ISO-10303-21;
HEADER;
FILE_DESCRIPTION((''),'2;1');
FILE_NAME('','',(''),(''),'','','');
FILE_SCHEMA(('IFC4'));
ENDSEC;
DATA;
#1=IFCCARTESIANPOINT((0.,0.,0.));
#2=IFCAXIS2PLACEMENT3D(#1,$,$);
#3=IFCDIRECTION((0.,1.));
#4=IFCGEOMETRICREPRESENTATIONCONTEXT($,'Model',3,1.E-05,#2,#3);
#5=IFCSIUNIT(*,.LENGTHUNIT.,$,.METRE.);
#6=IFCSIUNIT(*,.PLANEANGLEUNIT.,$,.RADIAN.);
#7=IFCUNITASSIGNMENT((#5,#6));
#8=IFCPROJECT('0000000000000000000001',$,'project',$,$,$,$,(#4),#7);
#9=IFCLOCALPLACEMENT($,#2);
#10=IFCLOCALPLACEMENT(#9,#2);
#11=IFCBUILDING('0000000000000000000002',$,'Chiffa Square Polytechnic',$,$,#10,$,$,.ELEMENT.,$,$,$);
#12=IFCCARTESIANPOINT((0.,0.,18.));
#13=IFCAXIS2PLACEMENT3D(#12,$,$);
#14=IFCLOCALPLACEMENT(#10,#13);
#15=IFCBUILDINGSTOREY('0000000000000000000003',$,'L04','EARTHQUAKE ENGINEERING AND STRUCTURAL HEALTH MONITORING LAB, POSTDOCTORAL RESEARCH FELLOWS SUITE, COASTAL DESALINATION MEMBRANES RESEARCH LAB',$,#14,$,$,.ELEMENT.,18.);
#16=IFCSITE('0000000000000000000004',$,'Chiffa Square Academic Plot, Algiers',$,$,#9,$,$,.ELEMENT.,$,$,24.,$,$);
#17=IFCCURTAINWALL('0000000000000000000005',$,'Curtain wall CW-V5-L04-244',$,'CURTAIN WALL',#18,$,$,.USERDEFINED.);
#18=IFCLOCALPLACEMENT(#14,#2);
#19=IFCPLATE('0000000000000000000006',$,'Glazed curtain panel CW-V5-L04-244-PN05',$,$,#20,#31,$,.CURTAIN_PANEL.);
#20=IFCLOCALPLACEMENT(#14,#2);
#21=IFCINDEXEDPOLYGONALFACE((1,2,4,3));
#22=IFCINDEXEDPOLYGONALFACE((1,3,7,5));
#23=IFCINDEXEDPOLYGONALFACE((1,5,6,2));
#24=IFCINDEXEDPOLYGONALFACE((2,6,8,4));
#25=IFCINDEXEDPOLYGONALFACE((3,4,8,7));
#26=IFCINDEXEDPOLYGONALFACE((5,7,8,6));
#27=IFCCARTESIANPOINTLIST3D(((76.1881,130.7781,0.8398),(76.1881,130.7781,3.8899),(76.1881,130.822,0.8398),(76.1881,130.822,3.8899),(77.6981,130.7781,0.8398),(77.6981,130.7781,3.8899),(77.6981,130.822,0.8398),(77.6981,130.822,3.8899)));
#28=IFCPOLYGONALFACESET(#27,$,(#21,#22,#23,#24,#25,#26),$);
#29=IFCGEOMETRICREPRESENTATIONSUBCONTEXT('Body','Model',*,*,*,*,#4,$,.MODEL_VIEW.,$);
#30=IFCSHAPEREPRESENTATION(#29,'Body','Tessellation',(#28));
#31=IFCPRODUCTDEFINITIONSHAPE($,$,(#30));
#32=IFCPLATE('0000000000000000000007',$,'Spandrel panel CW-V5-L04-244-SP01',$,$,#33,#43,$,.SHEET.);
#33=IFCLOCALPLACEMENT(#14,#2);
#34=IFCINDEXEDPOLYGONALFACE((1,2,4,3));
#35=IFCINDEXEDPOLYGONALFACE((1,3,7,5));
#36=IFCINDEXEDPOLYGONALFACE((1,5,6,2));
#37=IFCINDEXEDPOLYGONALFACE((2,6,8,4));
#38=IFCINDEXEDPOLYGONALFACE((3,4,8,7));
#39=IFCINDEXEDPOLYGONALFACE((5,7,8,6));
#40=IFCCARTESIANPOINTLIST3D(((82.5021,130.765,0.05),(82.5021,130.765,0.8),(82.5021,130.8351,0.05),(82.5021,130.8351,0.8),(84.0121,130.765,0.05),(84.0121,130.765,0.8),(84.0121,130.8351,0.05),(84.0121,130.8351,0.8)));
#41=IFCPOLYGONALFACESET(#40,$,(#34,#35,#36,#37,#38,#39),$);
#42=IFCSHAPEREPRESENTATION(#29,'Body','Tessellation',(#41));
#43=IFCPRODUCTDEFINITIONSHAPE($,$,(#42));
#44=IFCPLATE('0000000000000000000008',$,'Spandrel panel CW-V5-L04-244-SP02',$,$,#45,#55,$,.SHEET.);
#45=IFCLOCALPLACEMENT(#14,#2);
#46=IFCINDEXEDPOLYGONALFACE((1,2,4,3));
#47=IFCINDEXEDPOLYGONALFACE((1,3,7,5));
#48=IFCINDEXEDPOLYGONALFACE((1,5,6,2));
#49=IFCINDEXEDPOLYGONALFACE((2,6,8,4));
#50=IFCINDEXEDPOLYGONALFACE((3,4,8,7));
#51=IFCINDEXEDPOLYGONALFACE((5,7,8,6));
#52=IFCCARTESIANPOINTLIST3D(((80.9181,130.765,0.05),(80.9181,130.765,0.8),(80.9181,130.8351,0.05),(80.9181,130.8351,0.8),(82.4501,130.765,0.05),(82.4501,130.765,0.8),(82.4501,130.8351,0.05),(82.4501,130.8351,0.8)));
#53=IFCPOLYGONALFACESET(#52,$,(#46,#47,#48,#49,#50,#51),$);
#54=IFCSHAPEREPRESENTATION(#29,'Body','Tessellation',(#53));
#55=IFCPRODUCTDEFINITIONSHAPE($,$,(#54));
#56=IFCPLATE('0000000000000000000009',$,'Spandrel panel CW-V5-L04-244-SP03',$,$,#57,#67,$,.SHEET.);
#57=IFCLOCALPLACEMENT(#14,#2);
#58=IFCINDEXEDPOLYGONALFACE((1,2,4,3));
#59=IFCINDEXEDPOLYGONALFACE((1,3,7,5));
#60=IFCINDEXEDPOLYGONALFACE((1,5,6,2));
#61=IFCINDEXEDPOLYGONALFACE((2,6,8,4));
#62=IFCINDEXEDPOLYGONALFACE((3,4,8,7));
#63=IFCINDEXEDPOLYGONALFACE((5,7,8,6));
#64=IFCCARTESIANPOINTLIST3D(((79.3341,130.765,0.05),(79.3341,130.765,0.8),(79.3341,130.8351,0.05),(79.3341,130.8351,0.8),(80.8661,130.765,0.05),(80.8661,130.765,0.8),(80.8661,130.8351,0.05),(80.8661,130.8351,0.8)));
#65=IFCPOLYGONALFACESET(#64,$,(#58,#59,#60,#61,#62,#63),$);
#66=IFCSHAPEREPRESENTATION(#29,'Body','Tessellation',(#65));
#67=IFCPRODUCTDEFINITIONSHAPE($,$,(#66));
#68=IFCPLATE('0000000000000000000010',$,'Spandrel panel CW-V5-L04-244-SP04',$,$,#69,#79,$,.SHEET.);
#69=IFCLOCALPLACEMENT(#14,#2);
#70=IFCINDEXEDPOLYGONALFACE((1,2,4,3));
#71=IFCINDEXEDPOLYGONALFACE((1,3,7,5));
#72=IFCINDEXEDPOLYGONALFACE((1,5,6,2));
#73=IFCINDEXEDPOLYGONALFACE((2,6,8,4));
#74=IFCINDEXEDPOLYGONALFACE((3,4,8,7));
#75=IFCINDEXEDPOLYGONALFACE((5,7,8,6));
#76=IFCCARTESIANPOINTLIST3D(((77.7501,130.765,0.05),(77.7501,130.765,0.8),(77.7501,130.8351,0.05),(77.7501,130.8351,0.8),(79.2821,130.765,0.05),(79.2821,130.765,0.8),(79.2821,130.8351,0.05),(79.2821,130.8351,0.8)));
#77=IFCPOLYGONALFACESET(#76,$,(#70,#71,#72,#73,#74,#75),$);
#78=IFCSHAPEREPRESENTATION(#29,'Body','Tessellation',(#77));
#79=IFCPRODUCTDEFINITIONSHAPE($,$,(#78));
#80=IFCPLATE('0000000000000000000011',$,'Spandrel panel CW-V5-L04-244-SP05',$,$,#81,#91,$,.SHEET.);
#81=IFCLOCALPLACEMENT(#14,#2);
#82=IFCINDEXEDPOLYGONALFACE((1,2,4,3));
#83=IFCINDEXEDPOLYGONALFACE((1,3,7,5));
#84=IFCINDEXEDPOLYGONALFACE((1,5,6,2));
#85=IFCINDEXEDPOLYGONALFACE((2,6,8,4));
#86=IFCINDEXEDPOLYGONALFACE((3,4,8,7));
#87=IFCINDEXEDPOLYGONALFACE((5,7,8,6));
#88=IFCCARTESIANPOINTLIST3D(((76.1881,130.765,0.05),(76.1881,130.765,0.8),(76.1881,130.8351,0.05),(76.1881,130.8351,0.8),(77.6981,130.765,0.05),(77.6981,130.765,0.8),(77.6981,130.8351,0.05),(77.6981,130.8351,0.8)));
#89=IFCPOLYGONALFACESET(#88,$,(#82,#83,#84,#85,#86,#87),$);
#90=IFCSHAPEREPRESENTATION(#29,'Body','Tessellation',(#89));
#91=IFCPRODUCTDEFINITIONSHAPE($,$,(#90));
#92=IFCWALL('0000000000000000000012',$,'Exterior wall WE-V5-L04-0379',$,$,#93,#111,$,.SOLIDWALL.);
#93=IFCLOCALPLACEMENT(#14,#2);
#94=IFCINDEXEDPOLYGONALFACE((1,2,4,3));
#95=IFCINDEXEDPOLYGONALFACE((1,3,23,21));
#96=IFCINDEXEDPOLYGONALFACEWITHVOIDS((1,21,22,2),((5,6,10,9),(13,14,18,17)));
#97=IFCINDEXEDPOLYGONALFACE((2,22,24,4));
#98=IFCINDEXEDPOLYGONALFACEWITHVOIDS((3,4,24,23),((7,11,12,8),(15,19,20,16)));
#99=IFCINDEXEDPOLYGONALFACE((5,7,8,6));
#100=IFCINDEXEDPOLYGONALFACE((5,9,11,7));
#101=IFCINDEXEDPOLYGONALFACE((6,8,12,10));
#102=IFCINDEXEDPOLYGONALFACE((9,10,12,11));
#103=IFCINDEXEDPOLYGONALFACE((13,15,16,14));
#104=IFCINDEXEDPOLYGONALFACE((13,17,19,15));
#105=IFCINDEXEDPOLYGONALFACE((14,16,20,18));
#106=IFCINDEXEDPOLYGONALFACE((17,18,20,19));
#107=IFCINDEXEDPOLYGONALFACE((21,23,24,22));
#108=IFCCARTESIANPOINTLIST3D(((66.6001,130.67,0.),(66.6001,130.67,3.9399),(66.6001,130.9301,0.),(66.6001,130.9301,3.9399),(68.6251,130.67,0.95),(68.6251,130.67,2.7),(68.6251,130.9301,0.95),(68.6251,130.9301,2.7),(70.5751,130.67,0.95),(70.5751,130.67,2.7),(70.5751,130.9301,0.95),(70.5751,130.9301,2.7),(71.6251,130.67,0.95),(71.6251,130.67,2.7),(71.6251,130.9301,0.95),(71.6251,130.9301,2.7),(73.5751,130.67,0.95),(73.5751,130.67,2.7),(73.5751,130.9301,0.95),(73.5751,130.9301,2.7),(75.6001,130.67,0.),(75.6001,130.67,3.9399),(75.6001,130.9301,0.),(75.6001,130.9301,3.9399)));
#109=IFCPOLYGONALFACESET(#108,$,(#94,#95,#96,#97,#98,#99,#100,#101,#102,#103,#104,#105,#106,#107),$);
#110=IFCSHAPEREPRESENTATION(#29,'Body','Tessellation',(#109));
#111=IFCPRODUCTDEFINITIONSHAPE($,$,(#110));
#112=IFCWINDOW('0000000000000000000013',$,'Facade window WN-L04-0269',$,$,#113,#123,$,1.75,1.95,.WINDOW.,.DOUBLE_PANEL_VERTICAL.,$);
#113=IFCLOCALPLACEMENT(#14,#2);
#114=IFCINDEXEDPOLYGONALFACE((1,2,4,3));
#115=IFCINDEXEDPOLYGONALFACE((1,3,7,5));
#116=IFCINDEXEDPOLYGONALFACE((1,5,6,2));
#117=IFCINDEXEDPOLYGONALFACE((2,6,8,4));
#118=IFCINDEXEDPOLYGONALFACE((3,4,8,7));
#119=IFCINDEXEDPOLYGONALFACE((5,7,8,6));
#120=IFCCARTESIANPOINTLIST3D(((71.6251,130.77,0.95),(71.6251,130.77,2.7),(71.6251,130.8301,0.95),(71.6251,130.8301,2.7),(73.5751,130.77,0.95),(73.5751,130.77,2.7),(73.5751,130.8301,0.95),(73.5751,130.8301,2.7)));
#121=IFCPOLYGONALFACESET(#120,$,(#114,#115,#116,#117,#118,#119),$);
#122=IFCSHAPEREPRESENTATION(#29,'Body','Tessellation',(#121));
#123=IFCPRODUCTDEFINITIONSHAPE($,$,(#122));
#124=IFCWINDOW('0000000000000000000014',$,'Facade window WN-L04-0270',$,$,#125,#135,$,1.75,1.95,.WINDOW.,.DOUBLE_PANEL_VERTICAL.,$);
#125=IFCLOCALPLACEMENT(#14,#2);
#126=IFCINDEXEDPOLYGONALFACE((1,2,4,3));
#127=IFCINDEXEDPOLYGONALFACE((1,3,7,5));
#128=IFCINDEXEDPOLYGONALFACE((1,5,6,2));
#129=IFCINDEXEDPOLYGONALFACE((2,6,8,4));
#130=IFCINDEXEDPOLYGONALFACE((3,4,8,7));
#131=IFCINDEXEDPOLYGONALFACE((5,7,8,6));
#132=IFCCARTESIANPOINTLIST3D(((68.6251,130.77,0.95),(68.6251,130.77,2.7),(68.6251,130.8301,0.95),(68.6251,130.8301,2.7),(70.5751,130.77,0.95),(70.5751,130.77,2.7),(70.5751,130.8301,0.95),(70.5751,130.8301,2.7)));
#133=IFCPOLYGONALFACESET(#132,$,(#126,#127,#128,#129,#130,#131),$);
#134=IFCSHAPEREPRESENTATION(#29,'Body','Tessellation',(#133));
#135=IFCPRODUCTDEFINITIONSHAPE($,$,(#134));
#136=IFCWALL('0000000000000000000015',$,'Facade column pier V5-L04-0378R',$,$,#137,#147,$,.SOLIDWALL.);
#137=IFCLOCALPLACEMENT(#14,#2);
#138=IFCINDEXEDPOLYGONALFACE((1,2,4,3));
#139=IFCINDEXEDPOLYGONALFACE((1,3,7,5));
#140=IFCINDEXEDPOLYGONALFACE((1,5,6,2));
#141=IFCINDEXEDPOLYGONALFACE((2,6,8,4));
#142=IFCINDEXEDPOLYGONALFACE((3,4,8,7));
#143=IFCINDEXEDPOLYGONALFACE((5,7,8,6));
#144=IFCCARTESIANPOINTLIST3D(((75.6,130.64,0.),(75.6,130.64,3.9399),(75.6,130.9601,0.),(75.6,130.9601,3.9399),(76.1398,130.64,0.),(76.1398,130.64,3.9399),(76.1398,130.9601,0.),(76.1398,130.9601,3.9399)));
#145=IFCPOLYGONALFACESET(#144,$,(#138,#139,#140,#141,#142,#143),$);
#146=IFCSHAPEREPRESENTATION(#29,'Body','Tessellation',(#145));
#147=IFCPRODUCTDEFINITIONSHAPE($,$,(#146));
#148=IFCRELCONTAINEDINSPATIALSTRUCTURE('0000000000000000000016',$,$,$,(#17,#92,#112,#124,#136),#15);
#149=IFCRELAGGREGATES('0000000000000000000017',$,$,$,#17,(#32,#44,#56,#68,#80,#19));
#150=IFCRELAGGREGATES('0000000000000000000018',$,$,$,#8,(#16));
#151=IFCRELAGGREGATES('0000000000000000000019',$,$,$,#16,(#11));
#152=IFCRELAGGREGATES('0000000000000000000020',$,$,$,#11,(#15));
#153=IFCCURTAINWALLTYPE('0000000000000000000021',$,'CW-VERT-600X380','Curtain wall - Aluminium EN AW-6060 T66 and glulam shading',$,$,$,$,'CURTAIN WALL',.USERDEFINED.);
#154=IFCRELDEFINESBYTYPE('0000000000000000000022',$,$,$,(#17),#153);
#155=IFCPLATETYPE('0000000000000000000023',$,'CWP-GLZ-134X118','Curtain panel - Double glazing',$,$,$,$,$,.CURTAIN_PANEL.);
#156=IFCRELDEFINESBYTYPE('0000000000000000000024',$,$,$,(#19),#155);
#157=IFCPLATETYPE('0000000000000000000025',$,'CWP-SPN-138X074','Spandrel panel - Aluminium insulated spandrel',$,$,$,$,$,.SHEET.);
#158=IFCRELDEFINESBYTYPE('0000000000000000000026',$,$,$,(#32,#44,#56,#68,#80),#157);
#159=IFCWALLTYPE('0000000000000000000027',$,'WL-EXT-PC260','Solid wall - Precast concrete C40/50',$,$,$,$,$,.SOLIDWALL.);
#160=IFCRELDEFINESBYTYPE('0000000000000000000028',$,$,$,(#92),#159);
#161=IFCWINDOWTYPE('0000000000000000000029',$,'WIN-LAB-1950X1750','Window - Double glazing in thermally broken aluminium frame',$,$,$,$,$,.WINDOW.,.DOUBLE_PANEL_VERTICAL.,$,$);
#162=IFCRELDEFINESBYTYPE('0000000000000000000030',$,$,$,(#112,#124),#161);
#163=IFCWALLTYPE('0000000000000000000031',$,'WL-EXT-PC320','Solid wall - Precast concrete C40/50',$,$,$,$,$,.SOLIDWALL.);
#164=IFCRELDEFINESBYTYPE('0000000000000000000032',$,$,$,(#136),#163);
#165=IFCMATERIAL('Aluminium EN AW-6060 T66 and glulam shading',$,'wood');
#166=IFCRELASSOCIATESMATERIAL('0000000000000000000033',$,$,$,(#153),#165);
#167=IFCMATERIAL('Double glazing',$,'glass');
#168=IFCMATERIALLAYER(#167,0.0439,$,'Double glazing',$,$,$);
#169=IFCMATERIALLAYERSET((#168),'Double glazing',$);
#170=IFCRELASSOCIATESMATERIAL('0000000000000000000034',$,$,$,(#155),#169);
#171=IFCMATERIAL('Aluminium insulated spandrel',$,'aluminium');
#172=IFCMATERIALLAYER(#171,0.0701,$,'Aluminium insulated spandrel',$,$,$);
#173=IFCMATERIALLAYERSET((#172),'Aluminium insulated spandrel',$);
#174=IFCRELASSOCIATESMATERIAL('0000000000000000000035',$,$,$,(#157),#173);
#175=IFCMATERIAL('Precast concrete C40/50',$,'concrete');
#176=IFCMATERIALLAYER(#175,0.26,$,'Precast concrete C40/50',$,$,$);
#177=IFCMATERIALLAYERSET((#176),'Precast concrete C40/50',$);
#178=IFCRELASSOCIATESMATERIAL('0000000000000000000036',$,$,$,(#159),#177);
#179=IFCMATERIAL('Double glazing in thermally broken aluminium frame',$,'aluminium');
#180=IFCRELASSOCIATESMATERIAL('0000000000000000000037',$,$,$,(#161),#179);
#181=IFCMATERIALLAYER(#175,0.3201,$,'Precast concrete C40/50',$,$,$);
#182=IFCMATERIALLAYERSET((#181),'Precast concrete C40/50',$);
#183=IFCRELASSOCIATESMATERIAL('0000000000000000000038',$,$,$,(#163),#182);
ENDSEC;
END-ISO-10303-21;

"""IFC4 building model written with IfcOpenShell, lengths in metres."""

from ifc_helpers import new_model, si_unit, direction, frame, frame_2d, origin, origin_2d, place, context, subcontext, project, spatial, rectangle, extrude, material, layer, layer_set, type_object, element, fill, aggregate, save


model = new_model("IFC4")

# Units and contexts
model_context = context("Model", 3, precision=1e-05, world=origin(), true_north=direction((0.0, 1.0)))
body_context = subcontext(model_context, "Body", "Model", "MODEL_VIEW")
ifc_project = project(units=[si_unit("LENGTHUNIT", "METRE"), si_unit("PLANEANGLEUNIT", "RADIAN")], contexts=[model_context])

# Site, building, storey
site_placement = place(None, origin())
site = spatial("IfcSite", under=ifc_project, at=site_placement, Name="Chiffa Square Academic Plot, Algiers", CompositionType="ELEMENT", RefElevation=24.0)
building_placement = place(site_placement, origin())
building = spatial("IfcBuilding", under=site, at=building_placement, Name="Chiffa Square Polytechnic", CompositionType="ELEMENT")
storey_placement = place(building_placement, frame((0.0, 0.0, 18.0)))
storey = spatial("IfcBuildingStorey", under=building, at=storey_placement, Name="L04", Description="EARTHQUAKE ENGINEERING AND STRUCTURAL HEALTH MONITORING LAB, POSTDOCTORAL RESEARCH FELLOWS SUITE, COASTAL DESALINATION MEMBRANES RESEARCH LAB", CompositionType="ELEMENT", Elevation=18.0)

# Curtain wall
ifc_material_1 = material(Name="Aluminium EN AW-6060 T66 and glulam shading", Category="wood")
curtain_wall_type = type_object("IfcCurtainWallType", Name="CW-VERT-600X380", Description="Curtain wall - Aluminium EN AW-6060 T66 and glulam shading", ElementType="CURTAIN WALL", PredefinedType="USERDEFINED", material=ifc_material_1)
curtain_wall_placement = place(storey_placement, origin())
curtain_wall = element("IfcCurtainWall", 1, at=curtain_wall_placement, inside=storey, type_object=curtain_wall_type, Name="Curtain wall CW-V5-L04-244", ObjectType="CURTAIN WALL", PredefinedType="USERDEFINED")

# Plates
ifc_material_2 = material(Name="Double glazing", Category="glass")
ifc_layer_1 = layer(ifc_material_2, 0.0439, Name="Double glazing")
ifc_layer_set_1 = layer_set([ifc_layer_1], Name="Double glazing")
plate_type_1 = type_object("IfcPlateType", Name="CWP-GLZ-134X118", Description="Curtain panel - Double glazing", PredefinedType="CURTAIN_PANEL", material=ifc_layer_set_1)
plate_1_placement = place(storey_placement, frame((76.9431, 130.8, 0.8398), z_axis=(0.0, 0.0, 1.0), x_axis=(-1.0, 0.0, 0.0)))
plate_1 = element("IfcPlate", 2, at=plate_1_placement, type_object=plate_type_1, Name="Glazed curtain panel CW-V5-L04-244-PN05", PredefinedType="CURTAIN_PANEL", context=body_context, shape_type="SweptSolid", body=[
    extrude(rectangle(XDim=1.51, YDim=0.0439, at=origin_2d()), origin(), (0.0, 0.0, 1.0), 3.05),
])
ifc_material_3 = material(Name="Aluminium insulated spandrel", Category="aluminium")
ifc_layer_2 = layer(ifc_material_3, 0.0701, Name="Aluminium insulated spandrel")
ifc_layer_set_2 = layer_set([ifc_layer_2], Name="Aluminium insulated spandrel")
plate_type_2 = type_object("IfcPlateType", Name="CWP-SPN-138X074", Description="Spandrel panel - Aluminium insulated spandrel", PredefinedType="SHEET", material=ifc_layer_set_2)
plate_2_placement = place(storey_placement, frame((83.2571, 130.8, 0.05), z_axis=(0.0, 0.0, 1.0), x_axis=(-1.0, 0.0, 0.0)))
plate_2 = element("IfcPlate", 3, at=plate_2_placement, type_object=plate_type_2, Name="Spandrel panel CW-V5-L04-244-SP01", PredefinedType="SHEET", context=body_context, shape_type="SweptSolid", body=[
    extrude(rectangle(XDim=1.51, YDim=0.0701, at=origin_2d()), origin(), (0.0, 0.0, 1.0), 0.75),
])
plate_3_placement = place(storey_placement, frame((81.6841, 130.8, 0.05), z_axis=(0.0, 0.0, 1.0), x_axis=(-1.0, 0.0, 0.0)))
plate_3 = element("IfcPlate", 4, at=plate_3_placement, type_object=plate_type_2, Name="Spandrel panel CW-V5-L04-244-SP02", PredefinedType="SHEET", context=body_context, shape_type="SweptSolid", body=[
    extrude(rectangle(XDim=1.532, YDim=0.0701, at=origin_2d()), origin(), (0.0, 0.0, 1.0), 0.75),
])
plate_4_placement = place(storey_placement, frame((80.1001, 130.8, 0.05), z_axis=(0.0, 0.0, 1.0), x_axis=(-1.0, 0.0, 0.0)))
plate_4 = element("IfcPlate", 5, at=plate_4_placement, type_object=plate_type_2, Name="Spandrel panel CW-V5-L04-244-SP03", PredefinedType="SHEET", context=body_context, shape_type="SweptSolid", body=[
    extrude(rectangle(XDim=1.532, YDim=0.0701, at=origin_2d()), origin(), (0.0, 0.0, 1.0), 0.75),
])
plate_5_placement = place(storey_placement, frame((78.5161, 130.8, 0.05), z_axis=(0.0, 0.0, 1.0), x_axis=(-1.0, 0.0, 0.0)))
plate_5 = element("IfcPlate", 6, at=plate_5_placement, type_object=plate_type_2, Name="Spandrel panel CW-V5-L04-244-SP04", PredefinedType="SHEET", context=body_context, shape_type="SweptSolid", body=[
    extrude(rectangle(XDim=1.532, YDim=0.0701, at=origin_2d()), origin(), (0.0, 0.0, 1.0), 0.75),
])
plate_6_placement = place(storey_placement, frame((76.9431, 130.8, 0.05), z_axis=(0.0, 0.0, 1.0), x_axis=(-1.0, 0.0, 0.0)))
plate_6 = element("IfcPlate", 7, at=plate_6_placement, type_object=plate_type_2, Name="Spandrel panel CW-V5-L04-244-SP05", PredefinedType="SHEET", context=body_context, shape_type="SweptSolid", body=[
    extrude(rectangle(XDim=1.51, YDim=0.0701, at=origin_2d()), origin(), (0.0, 0.0, 1.0), 0.75),
])
aggregate(curtain_wall, [plate_2, plate_3, plate_4, plate_5, plate_6, plate_1])

# Wall, openings, windows
ifc_material_4 = material(Name="Precast concrete C40/50", Category="concrete")
ifc_layer_3 = layer(ifc_material_4, 0.26, Name="Precast concrete C40/50")
ifc_layer_set_3 = layer_set([ifc_layer_3], Name="Precast concrete C40/50")
wall_type_1 = type_object("IfcWallType", Name="WL-EXT-PC260", Description="Solid wall - Precast concrete C40/50", PredefinedType="SOLIDWALL", material=ifc_layer_set_3)
wall_1_placement = place(storey_placement, frame((75.6001, 130.8, 0.0), z_axis=(0.0, 0.0, 1.0), x_axis=(-1.0, 0.0, 0.0)))
wall_1 = element("IfcWall", 8, at=wall_1_placement, inside=storey, type_object=wall_type_1, Name="Exterior wall WE-V5-L04-0379", PredefinedType="SOLIDWALL", context=body_context, shape_type="SweptSolid", body=[
    extrude(rectangle(XDim=9.0, YDim=0.26, at=frame_2d((4.5, 0.0))), origin(), (0.0, 0.0, 1.0), 3.9399),
])
opening_1_placement = place(wall_1_placement, frame((2.0249, 0.0, 0.95)))
opening_1 = element("IfcOpeningElement", 9, at=opening_1_placement, cuts=wall_1, PredefinedType="OPENING", context=body_context, shape_type="SweptSolid", body=[
    extrude(rectangle(XDim=1.95, YDim=1.75, at=frame_2d((0.9751, 0.875))), frame((0.0, 0.1401, 0.0), z_axis=(0.0, -1.0, 0.0), x_axis=(1.0, 0.0, 0.0)), (0.0, 0.0, 1.0), 0.28),
])
opening_2_placement = place(wall_1_placement, frame((5.0249, 0.0, 0.95)))
opening_2 = element("IfcOpeningElement", 10, at=opening_2_placement, cuts=wall_1, PredefinedType="OPENING", context=body_context, shape_type="SweptSolid", body=[
    extrude(rectangle(XDim=1.95, YDim=1.75, at=frame_2d((0.9751, 0.875))), frame((0.0, 0.1401, 0.0), z_axis=(0.0, -1.0, 0.0), x_axis=(1.0, 0.0, 0.0)), (0.0, 0.0, 1.0), 0.28),
])
ifc_material_5 = material(Name="Double glazing in thermally broken aluminium frame", Category="aluminium")
window_type = type_object("IfcWindowType", Name="WIN-LAB-1950X1750", Description="Window - Double glazing in thermally broken aluminium frame", PartitioningType="DOUBLE_PANEL_VERTICAL", PredefinedType="WINDOW", material=ifc_material_5)
window_1_placement = place(opening_1_placement, origin())
window_1 = element("IfcWindow", 11, at=window_1_placement, inside=storey, type_object=window_type, Name="Facade window WN-L04-0269", OverallHeight=1.75, OverallWidth=1.95, PartitioningType="DOUBLE_PANEL_VERTICAL", PredefinedType="WINDOW", context=body_context, shape_type="SweptSolid", body=[
    extrude(rectangle(XDim=1.95, YDim=1.75, at=frame_2d((0.9751, 0.875))), frame((0.0, 0.03, 0.0), z_axis=(0.0, -1.0, 0.0), x_axis=(1.0, 0.0, 0.0)), (0.0, 0.0, 1.0), 0.0601),
])
fill(opening_1, window_1)
window_2_placement = place(opening_2_placement, origin())
window_2 = element("IfcWindow", 12, at=window_2_placement, inside=storey, type_object=window_type, Name="Facade window WN-L04-0270", OverallHeight=1.75, OverallWidth=1.95, PartitioningType="DOUBLE_PANEL_VERTICAL", PredefinedType="WINDOW", context=body_context, shape_type="SweptSolid", body=[
    extrude(rectangle(XDim=1.95, YDim=1.75, at=frame_2d((0.9751, 0.875))), frame((0.0, 0.03, 0.0), z_axis=(0.0, -1.0, 0.0), x_axis=(1.0, 0.0, 0.0)), (0.0, 0.0, 1.0), 0.0601),
])
fill(opening_2, window_2)

# Wall
ifc_layer_4 = layer(ifc_material_4, 0.3201, Name="Precast concrete C40/50")
ifc_layer_set_4 = layer_set([ifc_layer_4], Name="Precast concrete C40/50")
wall_type_2 = type_object("IfcWallType", Name="WL-EXT-PC320", Description="Solid wall - Precast concrete C40/50", PredefinedType="SOLIDWALL", material=ifc_layer_set_4)
wall_2_placement = place(storey_placement, frame((76.1399, 130.8, 0.0), z_axis=(0.0, 0.0, 1.0), x_axis=(-1.0, 0.0, 0.0)))
element("IfcWall", 13, at=wall_2_placement, inside=storey, type_object=wall_type_2, Name="Facade column pier V5-L04-0378R", PredefinedType="SOLIDWALL", context=body_context, shape_type="SweptSolid", body=[
    extrude(rectangle(XDim=0.5398, YDim=0.3201, at=frame_2d((0.27, 0.0))), origin(), (0.0, 0.0, 1.0), 3.9399),
])

save(model, "model.ifc")
